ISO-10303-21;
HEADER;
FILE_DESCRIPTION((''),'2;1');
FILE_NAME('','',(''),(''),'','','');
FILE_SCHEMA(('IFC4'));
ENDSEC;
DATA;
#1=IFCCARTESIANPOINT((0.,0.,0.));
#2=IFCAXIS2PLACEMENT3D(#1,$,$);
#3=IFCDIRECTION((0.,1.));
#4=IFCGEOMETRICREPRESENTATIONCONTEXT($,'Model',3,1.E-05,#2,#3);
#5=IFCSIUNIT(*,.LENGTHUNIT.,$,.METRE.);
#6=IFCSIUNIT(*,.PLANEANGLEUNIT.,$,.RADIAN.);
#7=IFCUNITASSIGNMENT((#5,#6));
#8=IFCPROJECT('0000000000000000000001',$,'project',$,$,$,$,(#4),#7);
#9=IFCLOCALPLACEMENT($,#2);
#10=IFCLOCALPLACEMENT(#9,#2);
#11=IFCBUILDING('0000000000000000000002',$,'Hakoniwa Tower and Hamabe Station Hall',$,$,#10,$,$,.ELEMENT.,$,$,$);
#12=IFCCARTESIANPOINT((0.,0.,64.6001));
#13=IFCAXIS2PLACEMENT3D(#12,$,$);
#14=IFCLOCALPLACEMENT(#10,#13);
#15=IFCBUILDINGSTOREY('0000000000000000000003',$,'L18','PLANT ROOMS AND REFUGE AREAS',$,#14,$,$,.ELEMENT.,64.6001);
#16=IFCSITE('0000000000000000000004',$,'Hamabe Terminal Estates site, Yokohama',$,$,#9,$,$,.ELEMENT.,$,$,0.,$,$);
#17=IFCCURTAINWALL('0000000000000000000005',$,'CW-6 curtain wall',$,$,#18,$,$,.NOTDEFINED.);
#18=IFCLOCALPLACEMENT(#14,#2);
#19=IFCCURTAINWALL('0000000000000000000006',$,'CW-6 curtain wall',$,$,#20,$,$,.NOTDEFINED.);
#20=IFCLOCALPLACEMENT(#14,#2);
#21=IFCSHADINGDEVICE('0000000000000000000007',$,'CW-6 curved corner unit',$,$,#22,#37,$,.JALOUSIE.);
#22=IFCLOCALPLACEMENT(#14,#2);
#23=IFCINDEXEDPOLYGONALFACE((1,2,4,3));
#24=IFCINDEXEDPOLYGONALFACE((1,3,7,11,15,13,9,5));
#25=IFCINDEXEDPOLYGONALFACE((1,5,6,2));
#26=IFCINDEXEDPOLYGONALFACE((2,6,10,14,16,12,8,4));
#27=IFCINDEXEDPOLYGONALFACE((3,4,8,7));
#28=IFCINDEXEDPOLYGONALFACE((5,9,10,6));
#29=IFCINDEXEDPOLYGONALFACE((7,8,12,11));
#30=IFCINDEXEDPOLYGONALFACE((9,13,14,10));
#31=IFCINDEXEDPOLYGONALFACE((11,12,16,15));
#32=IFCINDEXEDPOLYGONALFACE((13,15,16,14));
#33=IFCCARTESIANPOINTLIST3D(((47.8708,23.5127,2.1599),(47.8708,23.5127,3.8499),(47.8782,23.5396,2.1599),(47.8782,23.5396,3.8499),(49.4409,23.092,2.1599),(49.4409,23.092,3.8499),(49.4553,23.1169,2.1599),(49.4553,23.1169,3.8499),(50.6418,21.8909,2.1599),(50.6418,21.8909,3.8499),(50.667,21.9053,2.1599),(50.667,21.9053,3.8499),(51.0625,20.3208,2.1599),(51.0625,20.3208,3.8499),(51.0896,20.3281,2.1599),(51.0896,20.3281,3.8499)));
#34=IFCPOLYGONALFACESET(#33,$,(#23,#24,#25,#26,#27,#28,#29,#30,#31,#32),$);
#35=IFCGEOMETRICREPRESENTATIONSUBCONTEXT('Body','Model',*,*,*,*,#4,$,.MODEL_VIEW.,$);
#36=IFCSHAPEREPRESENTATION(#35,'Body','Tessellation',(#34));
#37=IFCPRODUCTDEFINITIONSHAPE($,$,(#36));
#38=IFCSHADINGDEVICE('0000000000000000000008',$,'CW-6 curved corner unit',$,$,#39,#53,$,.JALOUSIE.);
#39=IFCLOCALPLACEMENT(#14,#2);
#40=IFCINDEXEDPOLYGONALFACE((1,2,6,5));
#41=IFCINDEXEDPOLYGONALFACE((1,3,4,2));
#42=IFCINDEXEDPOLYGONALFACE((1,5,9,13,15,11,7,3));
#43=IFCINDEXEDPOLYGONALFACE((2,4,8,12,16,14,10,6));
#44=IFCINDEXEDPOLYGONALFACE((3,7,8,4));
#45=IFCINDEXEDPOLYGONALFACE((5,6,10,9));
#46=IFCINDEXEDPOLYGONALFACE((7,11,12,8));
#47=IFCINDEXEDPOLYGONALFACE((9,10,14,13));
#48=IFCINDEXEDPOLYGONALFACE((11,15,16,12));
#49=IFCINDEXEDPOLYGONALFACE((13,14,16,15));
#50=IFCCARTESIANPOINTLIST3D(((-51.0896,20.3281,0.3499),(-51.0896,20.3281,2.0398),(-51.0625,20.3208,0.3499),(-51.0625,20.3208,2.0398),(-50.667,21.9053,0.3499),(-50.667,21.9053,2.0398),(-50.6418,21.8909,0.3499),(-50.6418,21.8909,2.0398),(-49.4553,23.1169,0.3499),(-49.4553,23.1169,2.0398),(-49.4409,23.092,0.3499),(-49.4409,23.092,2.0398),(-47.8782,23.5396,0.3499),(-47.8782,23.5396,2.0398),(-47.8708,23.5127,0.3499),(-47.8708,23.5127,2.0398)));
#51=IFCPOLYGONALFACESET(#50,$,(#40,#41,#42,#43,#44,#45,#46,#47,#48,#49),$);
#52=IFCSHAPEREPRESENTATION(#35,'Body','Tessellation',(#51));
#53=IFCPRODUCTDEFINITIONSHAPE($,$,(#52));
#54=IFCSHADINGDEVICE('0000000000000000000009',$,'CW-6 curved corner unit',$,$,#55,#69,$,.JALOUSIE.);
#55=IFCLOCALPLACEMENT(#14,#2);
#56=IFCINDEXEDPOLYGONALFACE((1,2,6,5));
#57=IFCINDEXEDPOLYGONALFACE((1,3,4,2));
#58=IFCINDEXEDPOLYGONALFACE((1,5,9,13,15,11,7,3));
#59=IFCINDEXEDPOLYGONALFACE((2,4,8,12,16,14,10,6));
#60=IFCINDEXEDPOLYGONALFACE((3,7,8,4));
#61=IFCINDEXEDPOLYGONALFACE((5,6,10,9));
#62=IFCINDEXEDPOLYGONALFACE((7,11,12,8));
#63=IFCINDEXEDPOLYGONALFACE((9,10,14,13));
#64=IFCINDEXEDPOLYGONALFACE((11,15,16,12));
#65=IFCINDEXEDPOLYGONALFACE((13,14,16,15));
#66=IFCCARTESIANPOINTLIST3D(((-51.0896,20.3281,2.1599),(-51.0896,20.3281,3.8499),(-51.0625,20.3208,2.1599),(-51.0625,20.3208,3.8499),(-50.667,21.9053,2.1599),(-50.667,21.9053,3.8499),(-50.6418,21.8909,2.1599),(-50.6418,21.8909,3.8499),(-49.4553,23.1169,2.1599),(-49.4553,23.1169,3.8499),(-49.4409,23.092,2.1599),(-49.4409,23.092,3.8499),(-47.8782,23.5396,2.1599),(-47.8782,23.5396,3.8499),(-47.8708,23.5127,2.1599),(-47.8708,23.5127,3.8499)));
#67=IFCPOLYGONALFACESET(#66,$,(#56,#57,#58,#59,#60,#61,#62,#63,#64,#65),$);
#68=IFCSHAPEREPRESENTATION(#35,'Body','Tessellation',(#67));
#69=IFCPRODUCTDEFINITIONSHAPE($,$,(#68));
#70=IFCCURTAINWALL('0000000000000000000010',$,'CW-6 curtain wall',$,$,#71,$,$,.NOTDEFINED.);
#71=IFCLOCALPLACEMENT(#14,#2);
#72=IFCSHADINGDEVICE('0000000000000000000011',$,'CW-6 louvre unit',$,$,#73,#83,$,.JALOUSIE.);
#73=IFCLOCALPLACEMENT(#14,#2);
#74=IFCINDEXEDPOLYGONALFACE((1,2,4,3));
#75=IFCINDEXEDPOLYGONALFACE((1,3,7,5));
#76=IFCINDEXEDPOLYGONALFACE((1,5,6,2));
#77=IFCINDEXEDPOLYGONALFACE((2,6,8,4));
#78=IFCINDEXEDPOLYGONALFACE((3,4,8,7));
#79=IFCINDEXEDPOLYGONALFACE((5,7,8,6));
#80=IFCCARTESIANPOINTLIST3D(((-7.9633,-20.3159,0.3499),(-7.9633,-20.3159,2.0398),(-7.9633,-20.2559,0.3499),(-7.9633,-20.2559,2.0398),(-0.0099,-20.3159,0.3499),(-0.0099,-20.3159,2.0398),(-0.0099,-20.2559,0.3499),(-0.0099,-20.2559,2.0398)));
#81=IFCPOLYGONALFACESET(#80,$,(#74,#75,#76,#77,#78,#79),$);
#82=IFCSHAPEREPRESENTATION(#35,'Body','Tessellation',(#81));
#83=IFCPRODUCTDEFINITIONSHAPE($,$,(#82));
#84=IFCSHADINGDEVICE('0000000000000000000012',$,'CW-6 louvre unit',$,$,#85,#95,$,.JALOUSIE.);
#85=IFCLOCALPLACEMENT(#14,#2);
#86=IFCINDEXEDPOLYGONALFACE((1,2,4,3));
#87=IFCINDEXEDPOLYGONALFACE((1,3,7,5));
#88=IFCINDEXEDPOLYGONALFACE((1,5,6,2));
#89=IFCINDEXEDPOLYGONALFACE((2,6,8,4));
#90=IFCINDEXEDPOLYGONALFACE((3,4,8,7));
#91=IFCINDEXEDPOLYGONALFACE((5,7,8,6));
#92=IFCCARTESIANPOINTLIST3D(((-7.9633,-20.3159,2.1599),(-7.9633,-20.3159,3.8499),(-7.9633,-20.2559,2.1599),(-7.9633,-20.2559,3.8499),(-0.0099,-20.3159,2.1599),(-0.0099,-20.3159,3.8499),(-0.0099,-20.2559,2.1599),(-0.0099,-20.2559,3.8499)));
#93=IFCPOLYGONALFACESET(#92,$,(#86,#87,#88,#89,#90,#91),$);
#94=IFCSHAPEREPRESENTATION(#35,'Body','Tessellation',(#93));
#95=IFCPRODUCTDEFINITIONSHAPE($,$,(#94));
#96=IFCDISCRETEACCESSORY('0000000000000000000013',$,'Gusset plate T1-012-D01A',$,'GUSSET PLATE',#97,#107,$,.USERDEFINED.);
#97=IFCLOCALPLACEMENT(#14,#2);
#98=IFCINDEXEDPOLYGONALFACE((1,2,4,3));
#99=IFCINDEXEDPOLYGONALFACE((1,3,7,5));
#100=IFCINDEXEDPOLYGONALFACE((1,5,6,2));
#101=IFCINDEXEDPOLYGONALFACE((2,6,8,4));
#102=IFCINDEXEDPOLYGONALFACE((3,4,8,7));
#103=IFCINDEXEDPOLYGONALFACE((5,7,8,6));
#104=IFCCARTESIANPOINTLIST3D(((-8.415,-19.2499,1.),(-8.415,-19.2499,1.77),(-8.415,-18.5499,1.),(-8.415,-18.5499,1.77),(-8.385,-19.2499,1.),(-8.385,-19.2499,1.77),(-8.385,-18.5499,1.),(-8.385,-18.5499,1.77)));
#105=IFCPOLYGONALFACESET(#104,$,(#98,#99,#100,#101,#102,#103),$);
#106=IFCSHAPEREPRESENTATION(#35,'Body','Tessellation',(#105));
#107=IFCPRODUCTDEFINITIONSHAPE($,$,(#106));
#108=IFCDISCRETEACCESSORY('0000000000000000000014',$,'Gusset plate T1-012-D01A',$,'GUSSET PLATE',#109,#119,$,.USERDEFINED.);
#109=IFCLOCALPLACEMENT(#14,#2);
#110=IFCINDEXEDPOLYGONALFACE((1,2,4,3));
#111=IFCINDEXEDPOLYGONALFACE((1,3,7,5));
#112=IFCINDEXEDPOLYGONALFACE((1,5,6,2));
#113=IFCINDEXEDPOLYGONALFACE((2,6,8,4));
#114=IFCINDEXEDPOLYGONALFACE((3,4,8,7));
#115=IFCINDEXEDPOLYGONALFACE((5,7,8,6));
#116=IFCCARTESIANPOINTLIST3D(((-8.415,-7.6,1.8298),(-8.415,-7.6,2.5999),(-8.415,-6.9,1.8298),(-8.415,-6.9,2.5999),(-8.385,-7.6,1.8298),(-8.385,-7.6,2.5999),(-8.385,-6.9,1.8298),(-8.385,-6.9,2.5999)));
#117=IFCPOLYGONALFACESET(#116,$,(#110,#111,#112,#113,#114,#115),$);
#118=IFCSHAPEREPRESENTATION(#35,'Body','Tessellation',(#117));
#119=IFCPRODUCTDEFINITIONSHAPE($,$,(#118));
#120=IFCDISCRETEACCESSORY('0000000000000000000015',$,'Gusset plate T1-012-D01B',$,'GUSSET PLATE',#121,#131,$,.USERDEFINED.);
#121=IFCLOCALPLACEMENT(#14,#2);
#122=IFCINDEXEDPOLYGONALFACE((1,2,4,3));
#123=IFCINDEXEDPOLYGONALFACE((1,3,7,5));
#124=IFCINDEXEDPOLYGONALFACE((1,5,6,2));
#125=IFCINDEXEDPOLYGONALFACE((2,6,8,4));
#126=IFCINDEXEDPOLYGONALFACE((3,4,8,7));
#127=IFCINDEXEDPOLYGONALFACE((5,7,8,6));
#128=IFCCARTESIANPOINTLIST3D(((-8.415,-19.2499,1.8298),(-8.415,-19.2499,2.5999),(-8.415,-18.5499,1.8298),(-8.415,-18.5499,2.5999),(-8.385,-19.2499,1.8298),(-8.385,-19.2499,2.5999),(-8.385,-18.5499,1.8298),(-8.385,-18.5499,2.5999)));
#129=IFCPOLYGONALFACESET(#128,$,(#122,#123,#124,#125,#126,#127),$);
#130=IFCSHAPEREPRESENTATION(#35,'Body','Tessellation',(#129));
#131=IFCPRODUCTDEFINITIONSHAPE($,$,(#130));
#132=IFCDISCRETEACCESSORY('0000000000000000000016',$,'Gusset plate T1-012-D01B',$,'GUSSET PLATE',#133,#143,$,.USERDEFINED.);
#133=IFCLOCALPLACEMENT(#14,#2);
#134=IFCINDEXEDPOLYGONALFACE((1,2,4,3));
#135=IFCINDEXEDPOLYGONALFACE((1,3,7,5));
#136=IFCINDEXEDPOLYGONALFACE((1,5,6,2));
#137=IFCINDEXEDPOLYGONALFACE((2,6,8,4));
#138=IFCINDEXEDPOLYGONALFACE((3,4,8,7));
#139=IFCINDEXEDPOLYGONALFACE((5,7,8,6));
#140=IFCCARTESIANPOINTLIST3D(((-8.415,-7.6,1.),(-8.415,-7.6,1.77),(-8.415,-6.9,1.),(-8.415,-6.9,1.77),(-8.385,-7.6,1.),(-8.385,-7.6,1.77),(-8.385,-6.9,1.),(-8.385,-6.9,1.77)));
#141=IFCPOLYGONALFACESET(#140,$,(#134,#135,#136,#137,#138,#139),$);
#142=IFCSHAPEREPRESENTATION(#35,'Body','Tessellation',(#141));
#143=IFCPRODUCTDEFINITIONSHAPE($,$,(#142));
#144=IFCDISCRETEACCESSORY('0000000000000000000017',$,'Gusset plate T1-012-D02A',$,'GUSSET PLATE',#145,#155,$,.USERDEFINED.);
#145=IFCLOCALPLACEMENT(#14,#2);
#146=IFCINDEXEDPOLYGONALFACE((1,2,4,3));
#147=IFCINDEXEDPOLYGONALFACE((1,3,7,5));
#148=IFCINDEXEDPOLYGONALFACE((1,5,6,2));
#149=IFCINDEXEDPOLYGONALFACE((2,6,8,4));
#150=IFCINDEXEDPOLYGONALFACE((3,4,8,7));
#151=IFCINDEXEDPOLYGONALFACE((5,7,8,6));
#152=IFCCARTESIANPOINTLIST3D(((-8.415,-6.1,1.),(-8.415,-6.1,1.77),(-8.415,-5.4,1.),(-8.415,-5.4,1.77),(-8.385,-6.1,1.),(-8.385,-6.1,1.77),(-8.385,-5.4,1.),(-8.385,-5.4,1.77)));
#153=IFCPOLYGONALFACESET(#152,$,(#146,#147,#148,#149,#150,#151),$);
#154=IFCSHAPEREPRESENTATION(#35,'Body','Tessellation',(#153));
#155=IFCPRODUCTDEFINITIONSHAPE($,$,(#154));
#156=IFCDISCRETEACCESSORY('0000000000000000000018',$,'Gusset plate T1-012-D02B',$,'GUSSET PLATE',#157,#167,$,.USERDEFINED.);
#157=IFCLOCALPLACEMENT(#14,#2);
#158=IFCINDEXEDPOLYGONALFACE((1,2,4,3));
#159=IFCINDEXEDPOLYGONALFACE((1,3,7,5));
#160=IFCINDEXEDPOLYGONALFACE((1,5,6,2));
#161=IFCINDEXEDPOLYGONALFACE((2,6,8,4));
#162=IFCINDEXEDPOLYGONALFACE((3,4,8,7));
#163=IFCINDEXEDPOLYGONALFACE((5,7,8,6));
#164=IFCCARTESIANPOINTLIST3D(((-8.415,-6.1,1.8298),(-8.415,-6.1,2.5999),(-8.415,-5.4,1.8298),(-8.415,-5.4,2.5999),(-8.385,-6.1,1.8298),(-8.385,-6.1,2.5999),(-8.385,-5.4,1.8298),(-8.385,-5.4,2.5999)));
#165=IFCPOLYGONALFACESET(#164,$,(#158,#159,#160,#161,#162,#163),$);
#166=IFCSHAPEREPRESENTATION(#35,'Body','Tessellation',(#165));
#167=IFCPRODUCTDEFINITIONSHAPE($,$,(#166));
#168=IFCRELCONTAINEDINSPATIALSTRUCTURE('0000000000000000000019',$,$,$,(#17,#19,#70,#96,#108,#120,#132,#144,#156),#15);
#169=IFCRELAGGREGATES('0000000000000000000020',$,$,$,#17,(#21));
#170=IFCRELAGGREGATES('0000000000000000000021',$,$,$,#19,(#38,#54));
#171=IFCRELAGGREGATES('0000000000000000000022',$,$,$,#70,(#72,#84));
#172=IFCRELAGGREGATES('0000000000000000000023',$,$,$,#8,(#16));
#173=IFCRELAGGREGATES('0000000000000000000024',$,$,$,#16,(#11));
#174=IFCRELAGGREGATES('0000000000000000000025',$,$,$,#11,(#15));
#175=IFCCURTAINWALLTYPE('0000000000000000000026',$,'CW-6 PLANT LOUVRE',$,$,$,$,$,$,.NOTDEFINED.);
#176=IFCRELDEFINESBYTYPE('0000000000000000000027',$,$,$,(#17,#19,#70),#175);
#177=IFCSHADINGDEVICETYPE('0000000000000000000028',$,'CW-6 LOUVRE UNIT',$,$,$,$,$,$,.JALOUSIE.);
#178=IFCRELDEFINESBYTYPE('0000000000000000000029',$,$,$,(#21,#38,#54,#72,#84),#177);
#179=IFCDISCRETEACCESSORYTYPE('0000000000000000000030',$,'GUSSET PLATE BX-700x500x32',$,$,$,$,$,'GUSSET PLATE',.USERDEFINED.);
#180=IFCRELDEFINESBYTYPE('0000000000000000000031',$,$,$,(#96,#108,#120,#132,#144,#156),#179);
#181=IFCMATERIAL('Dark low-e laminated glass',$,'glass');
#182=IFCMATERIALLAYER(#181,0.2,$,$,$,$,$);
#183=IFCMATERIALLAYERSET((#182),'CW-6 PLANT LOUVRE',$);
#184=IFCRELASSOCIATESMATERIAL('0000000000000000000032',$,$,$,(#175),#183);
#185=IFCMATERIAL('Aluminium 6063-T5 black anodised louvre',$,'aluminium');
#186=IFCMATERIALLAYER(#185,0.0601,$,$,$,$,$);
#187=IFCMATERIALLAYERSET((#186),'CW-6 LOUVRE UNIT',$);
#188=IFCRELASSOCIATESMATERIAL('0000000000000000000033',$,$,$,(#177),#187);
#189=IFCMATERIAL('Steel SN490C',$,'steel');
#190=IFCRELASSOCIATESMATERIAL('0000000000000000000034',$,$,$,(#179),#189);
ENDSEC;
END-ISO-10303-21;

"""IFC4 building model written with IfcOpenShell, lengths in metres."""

from ifc_helpers import new_model, si_unit, direction, frame, origin, origin_2d, place, context, subcontext, project, spatial, polyline, rectangle, outline, extrude, material, layer, layer_set, material_profile, profile_set, type_object, element, aggregate, save


model = new_model("IFC4")

# Units and contexts
model_context = context("Model", 3, precision=1e-05, world=origin(), true_north=direction((0.0, 1.0)))
body_context = subcontext(model_context, "Body", "Model", "MODEL_VIEW")
ifc_project = project(units=[si_unit("LENGTHUNIT", "METRE"), si_unit("PLANEANGLEUNIT", "RADIAN")], contexts=[model_context])

# Site, building, storey
site_placement = place(None, origin())
site = spatial("IfcSite", under=ifc_project, at=site_placement, Name="Hamabe Terminal Estates site, Yokohama", CompositionType="ELEMENT", RefElevation=0.0)
building_placement = place(site_placement, origin())
building = spatial("IfcBuilding", under=site, at=building_placement, Name="Hakoniwa Tower and Hamabe Station Hall", CompositionType="ELEMENT")
storey_placement = place(building_placement, frame((0.0, 0.0, 64.6001)))
storey = spatial("IfcBuildingStorey", under=building, at=storey_placement, Name="L18", Description="PLANT ROOMS AND REFUGE AREAS", CompositionType="ELEMENT", Elevation=64.6001)

# Curtain wall
ifc_material_1 = material(Name="Dark low-e laminated glass", Category="glass")
ifc_layer_1 = layer(ifc_material_1, 0.2)
ifc_layer_set_1 = layer_set([ifc_layer_1], Name="CW-6 PLANT LOUVRE")
curtain_wall_type = type_object("IfcCurtainWallType", Name="CW-6 PLANT LOUVRE", PredefinedType="NOTDEFINED", material=ifc_layer_set_1)
curtain_wall_1_placement = place(storey_placement, origin())
curtain_wall_1 = element("IfcCurtainWall", 1, at=curtain_wall_1_placement, inside=storey, type_object=curtain_wall_type, Name="CW-6 curtain wall", PredefinedType="NOTDEFINED")

# Curtain wall
curtain_wall_2_placement = place(storey_placement, origin())
curtain_wall_2 = element("IfcCurtainWall", 2, at=curtain_wall_2_placement, inside=storey, type_object=curtain_wall_type, Name="CW-6 curtain wall", PredefinedType="NOTDEFINED")

# Shading devices
ifc_material_2 = material(Name="Aluminium 6063-T5 black anodised louvre", Category="aluminium")
ifc_layer_2 = layer(ifc_material_2, 0.0601)
ifc_layer_set_2 = layer_set([ifc_layer_2], Name="CW-6 LOUVRE UNIT")
shading_device_type = type_object("IfcShadingDeviceType", Name="CW-6 LOUVRE UNIT", PredefinedType="JALOUSIE", material=ifc_layer_set_2)
shading_device_1_placement = place(storey_placement, frame((0.0, 0.0, 2.1599)))
shading_device_1 = element("IfcShadingDevice", 3, at=shading_device_1_placement, type_object=shading_device_type, Name="CW-6 curved corner unit", PredefinedType="JALOUSIE", context=body_context, shape_type="SweptSolid", body=[
    extrude(outline(polyline([(51.0896, 20.3281), (50.667, 21.9053), (49.4553, 23.1169), (47.8782, 23.5396), (47.8708, 23.5127), (49.4409, 23.092), (50.6418, 21.8909), (51.0625, 20.3208), (51.0896, 20.3281)])), origin(), (0.0, 0.0, 1.0), 1.6899),
])
aggregate(curtain_wall_1, [shading_device_1])
shading_device_2_placement = place(storey_placement, frame((0.0, 0.0, 0.3499)))
shading_device_2 = element("IfcShadingDevice", 4, at=shading_device_2_placement, type_object=shading_device_type, Name="CW-6 curved corner unit", PredefinedType="JALOUSIE", context=body_context, shape_type="SweptSolid", body=[
    extrude(outline(polyline([(-47.8782, 23.5396), (-49.4553, 23.1169), (-50.667, 21.9053), (-51.0896, 20.3281), (-51.0625, 20.3208), (-50.6418, 21.8909), (-49.4409, 23.092), (-47.8708, 23.5127), (-47.8782, 23.5396)])), origin(), (0.0, 0.0, 1.0), 1.6899),
])
shading_device_3_placement = place(storey_placement, frame((0.0, 0.0, 2.1599)))
shading_device_3 = element("IfcShadingDevice", 5, at=shading_device_3_placement, type_object=shading_device_type, Name="CW-6 curved corner unit", PredefinedType="JALOUSIE", context=body_context, shape_type="SweptSolid", body=[
    extrude(outline(polyline([(-47.8782, 23.5396), (-49.4553, 23.1169), (-50.667, 21.9053), (-51.0896, 20.3281), (-51.0625, 20.3208), (-50.6418, 21.8909), (-49.4409, 23.092), (-47.8708, 23.5127), (-47.8782, 23.5396)])), origin(), (0.0, 0.0, 1.0), 1.6899),
])
aggregate(curtain_wall_2, [shading_device_2, shading_device_3])

# Curtain wall, shading devices
curtain_wall_3_placement = place(storey_placement, origin())
curtain_wall_3 = element("IfcCurtainWall", 6, at=curtain_wall_3_placement, inside=storey, type_object=curtain_wall_type, Name="CW-6 curtain wall", PredefinedType="NOTDEFINED")
shading_device_4_placement = place(storey_placement, frame((-3.9866, -20.2859, 0.3499), z_axis=(0.0, 0.0, 1.0), x_axis=(1.0, 0.0, 0.0)))
shading_device_4 = element("IfcShadingDevice", 7, at=shading_device_4_placement, type_object=shading_device_type, Name="CW-6 louvre unit", PredefinedType="JALOUSIE", context=body_context, shape_type="SweptSolid", body=[
    extrude(rectangle(XDim=7.9534, YDim=0.0601, at=origin_2d()), origin(), (0.0, 0.0, 1.0), 1.6899),
])
shading_device_5_placement = place(storey_placement, frame((-3.9866, -20.2859, 2.1599), z_axis=(0.0, 0.0, 1.0), x_axis=(1.0, 0.0, 0.0)))
shading_device_5 = element("IfcShadingDevice", 8, at=shading_device_5_placement, type_object=shading_device_type, Name="CW-6 louvre unit", PredefinedType="JALOUSIE", context=body_context, shape_type="SweptSolid", body=[
    extrude(rectangle(XDim=7.9534, YDim=0.0601, at=origin_2d()), origin(), (0.0, 0.0, 1.0), 1.6899),
])
aggregate(curtain_wall_3, [shading_device_4, shading_device_5])

# Discrete accessories
ifc_material_3 = material(Name="Steel SN490C", Category="steel")
ifc_material_profile_1 = material_profile(ifc_material_3, rectangle(XDim=0.7, YDim=0.77, at=origin_2d()), Name="GUSSET PLATE BX-700x500x32")
ifc_profile_set_1 = profile_set([ifc_material_profile_1], Name="Steel SN490C")
discrete_accessory_type = type_object("IfcDiscreteAccessoryType", Name="GUSSET PLATE BX-700x500x32", ElementType="GUSSET PLATE", PredefinedType="USERDEFINED", material=ifc_profile_set_1)
for number, where, z_axis, x_axis, name in (
    (9, (-8.385, -18.8999, 1.385), (-1.0, 0.0, 0.0), (0.0, -1.0, 0.0), "Gusset plate T1-012-D01A"),
    (10, (-8.385, -7.25, 2.2148), (-1.0, 0.0, 0.0), (0.0, -1.0, 0.0), "Gusset plate T1-012-D01A"),
    (11, (-8.385, -18.8999, 2.2148), (-1.0, 0.0, 0.0), (0.0, -1.0, 0.0), "Gusset plate T1-012-D01B"),
    (12, (-8.385, -7.25, 1.385), (-1.0, 0.0, 0.0), (0.0, -1.0, 0.0), "Gusset plate T1-012-D01B"),
    (13, (-8.385, -5.75, 1.385), (-1.0, 0.0, 0.0), (0.0, -1.0, 0.0), "Gusset plate T1-012-D02A"),
    (14, (-8.385, -5.75, 2.2148), (-1.0, 0.0, 0.0), (0.0, -1.0, 0.0), "Gusset plate T1-012-D02B"),
):
    element("IfcDiscreteAccessory", number, at=place(storey_placement, frame(where, z_axis=z_axis, x_axis=x_axis)), inside=storey, type_object=discrete_accessory_type, Name=name, ObjectType="GUSSET PLATE", PredefinedType="USERDEFINED", context=body_context, shape_type="SweptSolid", body=[
        extrude(rectangle(XDim=0.7, YDim=0.77, at=origin_2d()), origin(), (0.0, 0.0, 1.0), 0.03),
    ])

save(model, "model.ifc")
